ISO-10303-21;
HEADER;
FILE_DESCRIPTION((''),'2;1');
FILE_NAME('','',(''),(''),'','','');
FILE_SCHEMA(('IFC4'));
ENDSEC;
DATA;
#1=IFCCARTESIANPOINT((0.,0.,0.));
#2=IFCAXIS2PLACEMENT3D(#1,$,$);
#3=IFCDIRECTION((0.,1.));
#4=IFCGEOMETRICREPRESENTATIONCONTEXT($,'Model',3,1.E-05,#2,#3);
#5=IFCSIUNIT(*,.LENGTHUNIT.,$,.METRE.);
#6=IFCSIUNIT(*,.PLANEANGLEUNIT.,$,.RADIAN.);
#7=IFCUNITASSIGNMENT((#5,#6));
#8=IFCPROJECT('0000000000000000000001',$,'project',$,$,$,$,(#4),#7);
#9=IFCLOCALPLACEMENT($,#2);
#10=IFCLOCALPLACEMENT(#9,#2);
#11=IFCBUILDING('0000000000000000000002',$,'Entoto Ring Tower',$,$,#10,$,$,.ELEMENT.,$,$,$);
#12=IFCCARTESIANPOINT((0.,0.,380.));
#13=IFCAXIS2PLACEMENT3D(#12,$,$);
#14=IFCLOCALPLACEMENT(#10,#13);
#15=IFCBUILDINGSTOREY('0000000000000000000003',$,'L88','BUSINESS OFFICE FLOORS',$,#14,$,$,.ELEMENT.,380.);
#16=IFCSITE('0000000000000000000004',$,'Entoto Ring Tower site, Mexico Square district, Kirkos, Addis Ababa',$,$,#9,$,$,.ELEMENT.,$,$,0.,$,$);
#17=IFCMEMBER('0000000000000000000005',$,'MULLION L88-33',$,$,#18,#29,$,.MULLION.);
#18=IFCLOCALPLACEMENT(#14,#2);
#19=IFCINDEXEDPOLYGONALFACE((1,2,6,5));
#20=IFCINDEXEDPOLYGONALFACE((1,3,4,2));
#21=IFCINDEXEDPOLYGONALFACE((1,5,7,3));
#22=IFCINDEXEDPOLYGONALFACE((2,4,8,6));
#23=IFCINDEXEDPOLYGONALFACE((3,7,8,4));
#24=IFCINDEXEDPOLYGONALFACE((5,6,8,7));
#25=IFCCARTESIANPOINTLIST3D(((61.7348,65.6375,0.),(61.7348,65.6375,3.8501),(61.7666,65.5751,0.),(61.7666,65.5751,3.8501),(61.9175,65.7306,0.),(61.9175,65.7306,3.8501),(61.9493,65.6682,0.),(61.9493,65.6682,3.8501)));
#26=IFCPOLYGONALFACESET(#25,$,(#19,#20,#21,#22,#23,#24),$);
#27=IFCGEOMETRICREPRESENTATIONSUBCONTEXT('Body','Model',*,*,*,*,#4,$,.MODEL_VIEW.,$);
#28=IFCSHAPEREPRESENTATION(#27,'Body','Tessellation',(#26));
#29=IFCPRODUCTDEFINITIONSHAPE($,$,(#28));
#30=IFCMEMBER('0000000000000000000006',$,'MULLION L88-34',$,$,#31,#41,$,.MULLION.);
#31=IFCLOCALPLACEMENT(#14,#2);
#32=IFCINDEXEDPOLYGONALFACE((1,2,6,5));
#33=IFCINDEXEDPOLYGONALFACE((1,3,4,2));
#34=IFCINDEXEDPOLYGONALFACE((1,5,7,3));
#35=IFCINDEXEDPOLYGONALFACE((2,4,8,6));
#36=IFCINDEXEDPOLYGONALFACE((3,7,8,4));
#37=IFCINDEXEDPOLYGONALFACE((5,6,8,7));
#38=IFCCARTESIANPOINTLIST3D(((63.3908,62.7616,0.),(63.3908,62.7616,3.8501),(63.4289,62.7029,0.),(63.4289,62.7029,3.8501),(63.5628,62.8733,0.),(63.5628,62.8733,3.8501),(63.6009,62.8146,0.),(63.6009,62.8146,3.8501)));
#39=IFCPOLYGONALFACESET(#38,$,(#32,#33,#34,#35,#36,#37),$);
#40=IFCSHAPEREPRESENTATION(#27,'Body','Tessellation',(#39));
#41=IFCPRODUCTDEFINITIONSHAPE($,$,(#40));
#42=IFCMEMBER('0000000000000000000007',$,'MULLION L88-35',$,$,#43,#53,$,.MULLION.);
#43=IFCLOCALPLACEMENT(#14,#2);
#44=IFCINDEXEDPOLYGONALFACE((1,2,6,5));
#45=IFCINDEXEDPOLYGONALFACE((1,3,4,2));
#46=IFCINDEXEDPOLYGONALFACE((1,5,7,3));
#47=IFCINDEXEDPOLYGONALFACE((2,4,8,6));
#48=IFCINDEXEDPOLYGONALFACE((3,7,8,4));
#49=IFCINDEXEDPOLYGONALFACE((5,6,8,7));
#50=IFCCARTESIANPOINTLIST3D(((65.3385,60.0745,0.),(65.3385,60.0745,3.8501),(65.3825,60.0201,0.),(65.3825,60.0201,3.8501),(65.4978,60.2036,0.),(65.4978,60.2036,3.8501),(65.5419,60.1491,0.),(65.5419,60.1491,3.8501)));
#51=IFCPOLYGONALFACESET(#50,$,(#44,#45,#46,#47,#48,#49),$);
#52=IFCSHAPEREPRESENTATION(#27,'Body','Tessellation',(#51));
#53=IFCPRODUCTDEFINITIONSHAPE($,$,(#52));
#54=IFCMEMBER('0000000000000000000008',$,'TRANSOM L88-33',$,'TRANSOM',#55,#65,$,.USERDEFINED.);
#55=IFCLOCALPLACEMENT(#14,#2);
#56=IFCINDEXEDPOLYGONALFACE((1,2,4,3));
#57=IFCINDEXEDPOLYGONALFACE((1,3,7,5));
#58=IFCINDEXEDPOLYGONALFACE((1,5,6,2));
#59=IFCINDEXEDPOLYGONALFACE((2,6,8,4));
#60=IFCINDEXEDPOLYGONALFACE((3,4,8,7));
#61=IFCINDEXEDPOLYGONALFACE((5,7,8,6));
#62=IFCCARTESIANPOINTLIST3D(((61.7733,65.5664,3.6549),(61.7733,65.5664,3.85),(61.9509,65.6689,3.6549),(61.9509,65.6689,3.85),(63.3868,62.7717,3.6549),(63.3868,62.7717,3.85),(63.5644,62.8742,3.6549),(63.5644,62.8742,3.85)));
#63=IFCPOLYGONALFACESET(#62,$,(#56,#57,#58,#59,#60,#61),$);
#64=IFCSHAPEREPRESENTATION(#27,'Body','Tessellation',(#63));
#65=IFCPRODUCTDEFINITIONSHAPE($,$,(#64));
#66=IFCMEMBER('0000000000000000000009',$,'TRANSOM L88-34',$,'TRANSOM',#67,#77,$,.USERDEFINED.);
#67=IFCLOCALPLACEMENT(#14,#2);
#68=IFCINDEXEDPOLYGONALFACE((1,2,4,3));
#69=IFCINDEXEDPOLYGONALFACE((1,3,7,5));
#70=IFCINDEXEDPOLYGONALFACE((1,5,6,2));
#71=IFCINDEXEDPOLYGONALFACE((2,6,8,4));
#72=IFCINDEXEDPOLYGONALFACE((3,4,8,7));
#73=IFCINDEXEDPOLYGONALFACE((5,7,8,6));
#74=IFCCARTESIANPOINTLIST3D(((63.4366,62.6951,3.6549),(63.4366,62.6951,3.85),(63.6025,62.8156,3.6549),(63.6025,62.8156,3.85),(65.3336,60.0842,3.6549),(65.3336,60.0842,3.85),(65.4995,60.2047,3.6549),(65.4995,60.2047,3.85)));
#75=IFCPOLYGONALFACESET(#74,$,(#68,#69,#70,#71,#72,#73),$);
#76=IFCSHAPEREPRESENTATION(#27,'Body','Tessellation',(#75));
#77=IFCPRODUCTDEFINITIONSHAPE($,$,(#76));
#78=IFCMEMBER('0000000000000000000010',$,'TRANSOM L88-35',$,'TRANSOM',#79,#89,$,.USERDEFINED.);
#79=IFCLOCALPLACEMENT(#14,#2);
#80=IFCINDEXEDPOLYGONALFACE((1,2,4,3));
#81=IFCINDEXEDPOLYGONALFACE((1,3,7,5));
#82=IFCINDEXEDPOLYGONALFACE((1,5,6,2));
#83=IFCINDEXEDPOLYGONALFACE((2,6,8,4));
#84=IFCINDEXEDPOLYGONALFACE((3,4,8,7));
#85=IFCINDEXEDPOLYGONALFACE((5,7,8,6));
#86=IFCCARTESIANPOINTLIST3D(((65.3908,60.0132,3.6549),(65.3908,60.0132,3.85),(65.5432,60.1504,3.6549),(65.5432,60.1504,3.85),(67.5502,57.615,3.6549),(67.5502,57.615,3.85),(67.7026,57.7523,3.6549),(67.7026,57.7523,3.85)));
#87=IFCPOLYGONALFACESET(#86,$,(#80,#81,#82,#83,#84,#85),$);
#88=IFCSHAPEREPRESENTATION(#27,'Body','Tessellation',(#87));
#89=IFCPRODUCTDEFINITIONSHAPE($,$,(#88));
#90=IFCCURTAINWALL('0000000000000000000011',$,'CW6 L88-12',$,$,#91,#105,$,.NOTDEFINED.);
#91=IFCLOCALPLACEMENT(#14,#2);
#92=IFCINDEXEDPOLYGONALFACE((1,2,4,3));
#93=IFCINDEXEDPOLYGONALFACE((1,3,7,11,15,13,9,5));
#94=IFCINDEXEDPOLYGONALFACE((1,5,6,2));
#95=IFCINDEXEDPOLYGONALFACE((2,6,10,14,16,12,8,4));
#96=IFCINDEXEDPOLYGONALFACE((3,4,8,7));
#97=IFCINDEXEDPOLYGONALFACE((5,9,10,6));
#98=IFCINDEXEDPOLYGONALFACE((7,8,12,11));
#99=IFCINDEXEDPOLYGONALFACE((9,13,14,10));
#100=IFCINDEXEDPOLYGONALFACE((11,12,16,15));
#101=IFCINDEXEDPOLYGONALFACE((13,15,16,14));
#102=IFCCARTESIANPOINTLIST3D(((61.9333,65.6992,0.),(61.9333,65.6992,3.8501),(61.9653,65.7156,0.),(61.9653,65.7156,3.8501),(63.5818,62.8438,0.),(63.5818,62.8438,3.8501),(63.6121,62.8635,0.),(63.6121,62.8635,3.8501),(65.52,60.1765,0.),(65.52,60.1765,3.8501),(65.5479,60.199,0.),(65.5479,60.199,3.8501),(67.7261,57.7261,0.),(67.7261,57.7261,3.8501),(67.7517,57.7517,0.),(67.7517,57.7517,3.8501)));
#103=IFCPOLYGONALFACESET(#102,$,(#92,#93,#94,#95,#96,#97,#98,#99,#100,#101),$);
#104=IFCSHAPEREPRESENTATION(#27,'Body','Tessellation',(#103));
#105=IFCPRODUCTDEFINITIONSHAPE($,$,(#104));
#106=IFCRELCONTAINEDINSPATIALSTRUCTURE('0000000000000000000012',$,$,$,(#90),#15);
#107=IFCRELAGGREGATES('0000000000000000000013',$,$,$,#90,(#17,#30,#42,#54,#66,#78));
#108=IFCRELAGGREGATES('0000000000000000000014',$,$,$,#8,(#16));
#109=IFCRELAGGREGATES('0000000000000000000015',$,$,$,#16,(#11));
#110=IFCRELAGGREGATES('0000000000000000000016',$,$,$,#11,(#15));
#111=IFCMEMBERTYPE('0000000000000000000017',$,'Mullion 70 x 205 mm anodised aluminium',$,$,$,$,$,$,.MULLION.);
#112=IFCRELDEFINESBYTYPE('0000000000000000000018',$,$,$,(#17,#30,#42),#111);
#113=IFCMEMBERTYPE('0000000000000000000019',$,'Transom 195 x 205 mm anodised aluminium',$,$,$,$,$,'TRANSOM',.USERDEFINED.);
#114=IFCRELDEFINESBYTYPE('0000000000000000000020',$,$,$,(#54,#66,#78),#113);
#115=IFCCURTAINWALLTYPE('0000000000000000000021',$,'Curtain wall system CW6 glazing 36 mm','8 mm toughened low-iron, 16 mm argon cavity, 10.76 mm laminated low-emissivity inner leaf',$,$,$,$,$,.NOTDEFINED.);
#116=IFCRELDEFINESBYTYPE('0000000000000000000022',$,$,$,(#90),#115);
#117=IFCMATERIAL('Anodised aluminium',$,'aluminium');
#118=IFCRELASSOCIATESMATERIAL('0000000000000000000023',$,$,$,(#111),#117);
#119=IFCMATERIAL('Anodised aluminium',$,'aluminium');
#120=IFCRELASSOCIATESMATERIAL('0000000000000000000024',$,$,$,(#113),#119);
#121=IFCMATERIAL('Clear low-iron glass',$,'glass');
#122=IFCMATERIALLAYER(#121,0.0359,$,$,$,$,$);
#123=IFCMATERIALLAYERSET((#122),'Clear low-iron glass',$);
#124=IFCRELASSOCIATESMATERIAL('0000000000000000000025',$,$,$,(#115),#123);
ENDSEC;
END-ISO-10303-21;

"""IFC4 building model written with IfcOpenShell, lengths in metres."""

from ifc_helpers import new_model, si_unit, direction, frame, origin, origin_2d, place, context, subcontext, project, spatial, polyline, rectangle, outline, extrude, material, layer, layer_set, material_profile, profile_set, type_object, element, aggregate, save


model = new_model("IFC4")

# Units and contexts
model_context = context("Model", 3, precision=1e-05, world=origin(), true_north=direction((0.0, 1.0)))
body_context = subcontext(model_context, "Body", "Model", "MODEL_VIEW")
ifc_project = project(units=[si_unit("LENGTHUNIT", "METRE"), si_unit("PLANEANGLEUNIT", "RADIAN")], contexts=[model_context])

# Members
ifc_material_1 = material(Name="Anodised aluminium", Category="aluminium")
ifc_material_profile_1 = material_profile(ifc_material_1, rectangle(XDim=0.0701, YDim=0.2051, at=origin_2d()), Name="Mullion 70 x 205 mm anodised aluminium")
ifc_profile_set_1 = profile_set([ifc_material_profile_1], Name="Anodised aluminium")
member_type_1 = type_object("IfcMemberType", Name="Mullion 70 x 205 mm anodised aluminium", PredefinedType="MULLION", material=ifc_profile_set_1)
site_placement = place(None, origin())
building_placement = place(site_placement, origin())
storey_placement = place(building_placement, frame((0.0, 0.0, 380.0)))
member_1_placement = place(storey_placement, frame((61.842, 65.6528, 0.0), z_axis=(0.0, 0.0, 1.0), x_axis=(0.45399, -0.891007, 0.0)))
member_1 = element("IfcMember", 1, at=member_1_placement, type_object=member_type_1, Name="MULLION L88-33", PredefinedType="MULLION", context=body_context, shape_type="SweptSolid", body=[
    extrude(rectangle(XDim=0.0701, YDim=0.2051, at=origin_2d()), origin(), (0.0, 0.0, 1.0), 3.8501),
])
member_2_placement = place(storey_placement, frame((63.4958, 62.7881, 0.0), z_axis=(0.0, 0.0, 1.0), x_axis=(0.544639, -0.838671, 0.0)))
member_2 = element("IfcMember", 2, at=member_2_placement, type_object=member_type_1, Name="MULLION L88-34", PredefinedType="MULLION", context=body_context, shape_type="SweptSolid", body=[
    extrude(rectangle(XDim=0.0701, YDim=0.2051, at=origin_2d()), origin(), (0.0, 0.0, 1.0), 3.8501),
])
member_3_placement = place(storey_placement, frame((65.4402, 60.1118, 0.0), z_axis=(0.0, 0.0, 1.0), x_axis=(0.62932, -0.777146, 0.0)))
member_3 = element("IfcMember", 3, at=member_3_placement, type_object=member_type_1, Name="MULLION L88-35", PredefinedType="MULLION", context=body_context, shape_type="SweptSolid", body=[
    extrude(rectangle(XDim=0.0701, YDim=0.2051, at=origin_2d()), origin(), (0.0, 0.0, 1.0), 3.8501),
])
ifc_material_2 = material(Name="Anodised aluminium", Category="aluminium")
ifc_material_profile_2 = material_profile(ifc_material_2, rectangle(XDim=0.2051, YDim=0.1951, at=origin_2d()), Name="Transom 195 x 205 mm anodised aluminium")
ifc_profile_set_2 = profile_set([ifc_material_profile_2], Name="Anodised aluminium")
member_type_2 = type_object("IfcMemberType", Name="Transom 195 x 205 mm anodised aluminium", ElementType="TRANSOM", PredefinedType="USERDEFINED", material=ifc_profile_set_2)
member_4_placement = place(storey_placement, frame((61.8621, 65.6177, 3.7524), z_axis=(0.500004, -0.866023, 0.0), x_axis=(0.866023, 0.500004, 0.0)))
member_4 = element("IfcMember", 4, at=member_4_placement, type_object=member_type_2, Name="TRANSOM L88-33", ObjectType="TRANSOM", PredefinedType="USERDEFINED", context=body_context, shape_type="SweptSolid", body=[
    extrude(rectangle(XDim=0.2051, YDim=0.1951, at=origin_2d()), origin(), (0.0, 0.0, 1.0), 3.2271),
])
member_5_placement = place(storey_placement, frame((63.5195, 62.7554, 3.7524), z_axis=(0.587803, -0.809004, 0.0), x_axis=(0.809004, 0.587803, 0.0)))
member_5 = element("IfcMember", 5, at=member_5_placement, type_object=member_type_2, Name="TRANSOM L88-34", ObjectType="TRANSOM", PredefinedType="USERDEFINED", context=body_context, shape_type="SweptSolid", body=[
    extrude(rectangle(XDim=0.2051, YDim=0.1951, at=origin_2d()), origin(), (0.0, 0.0, 1.0), 3.2273),
])
member_6_placement = place(storey_placement, frame((65.467, 60.0818, 3.7524), z_axis=(0.669144, -0.743132, 0.0), x_axis=(0.743132, 0.669144, 0.0)))
member_6 = element("IfcMember", 6, at=member_6_placement, type_object=member_type_2, Name="TRANSOM L88-35", ObjectType="TRANSOM", PredefinedType="USERDEFINED", context=body_context, shape_type="SweptSolid", body=[
    extrude(rectangle(XDim=0.2051, YDim=0.1951, at=origin_2d()), origin(), (0.0, 0.0, 1.0), 3.2271),
])

# Site, building, storey
site = spatial("IfcSite", under=ifc_project, at=site_placement, Name="Entoto Ring Tower site, Mexico Square district, Kirkos, Addis Ababa", CompositionType="ELEMENT", RefElevation=0.0)
building = spatial("IfcBuilding", under=site, at=building_placement, Name="Entoto Ring Tower", CompositionType="ELEMENT")
storey = spatial("IfcBuildingStorey", under=building, at=storey_placement, Name="L88", Description="BUSINESS OFFICE FLOORS", CompositionType="ELEMENT", Elevation=380.0)

# Curtain wall
ifc_material_3 = material(Name="Clear low-iron glass", Category="glass")
ifc_layer = layer(ifc_material_3, 0.0359)
ifc_layer_set = layer_set([ifc_layer], Name="Clear low-iron glass")
curtain_wall_type = type_object("IfcCurtainWallType", Name="Curtain wall system CW6 glazing 36 mm", Description="8 mm toughened low-iron, 16 mm argon cavity, 10.76 mm laminated low-emissivity inner leaf", PredefinedType="NOTDEFINED", material=ifc_layer_set)
curtain_wall_1_placement = place(storey_placement, origin())
curtain_wall_1 = element("IfcCurtainWall", 7, at=curtain_wall_1_placement, inside=storey, type_object=curtain_wall_type, Name="CW6 L88-12", PredefinedType="NOTDEFINED", context=body_context, shape_type="SweptSolid", body=[
    extrude(outline(polyline([(61.9333, 65.6992), (63.5818, 62.8438), (65.52, 60.1765), (67.7261, 57.7261), (67.7517, 57.7517), (65.5479, 60.199), (63.6121, 62.8635), (61.9653, 65.7156), (61.9333, 65.6992)])), origin(), (0.0, 0.0, 1.0), 3.8501),
])
aggregate(curtain_wall_1, [member_1, member_2, member_3, member_4, member_5, member_6])

save(model, "model.ifc")
